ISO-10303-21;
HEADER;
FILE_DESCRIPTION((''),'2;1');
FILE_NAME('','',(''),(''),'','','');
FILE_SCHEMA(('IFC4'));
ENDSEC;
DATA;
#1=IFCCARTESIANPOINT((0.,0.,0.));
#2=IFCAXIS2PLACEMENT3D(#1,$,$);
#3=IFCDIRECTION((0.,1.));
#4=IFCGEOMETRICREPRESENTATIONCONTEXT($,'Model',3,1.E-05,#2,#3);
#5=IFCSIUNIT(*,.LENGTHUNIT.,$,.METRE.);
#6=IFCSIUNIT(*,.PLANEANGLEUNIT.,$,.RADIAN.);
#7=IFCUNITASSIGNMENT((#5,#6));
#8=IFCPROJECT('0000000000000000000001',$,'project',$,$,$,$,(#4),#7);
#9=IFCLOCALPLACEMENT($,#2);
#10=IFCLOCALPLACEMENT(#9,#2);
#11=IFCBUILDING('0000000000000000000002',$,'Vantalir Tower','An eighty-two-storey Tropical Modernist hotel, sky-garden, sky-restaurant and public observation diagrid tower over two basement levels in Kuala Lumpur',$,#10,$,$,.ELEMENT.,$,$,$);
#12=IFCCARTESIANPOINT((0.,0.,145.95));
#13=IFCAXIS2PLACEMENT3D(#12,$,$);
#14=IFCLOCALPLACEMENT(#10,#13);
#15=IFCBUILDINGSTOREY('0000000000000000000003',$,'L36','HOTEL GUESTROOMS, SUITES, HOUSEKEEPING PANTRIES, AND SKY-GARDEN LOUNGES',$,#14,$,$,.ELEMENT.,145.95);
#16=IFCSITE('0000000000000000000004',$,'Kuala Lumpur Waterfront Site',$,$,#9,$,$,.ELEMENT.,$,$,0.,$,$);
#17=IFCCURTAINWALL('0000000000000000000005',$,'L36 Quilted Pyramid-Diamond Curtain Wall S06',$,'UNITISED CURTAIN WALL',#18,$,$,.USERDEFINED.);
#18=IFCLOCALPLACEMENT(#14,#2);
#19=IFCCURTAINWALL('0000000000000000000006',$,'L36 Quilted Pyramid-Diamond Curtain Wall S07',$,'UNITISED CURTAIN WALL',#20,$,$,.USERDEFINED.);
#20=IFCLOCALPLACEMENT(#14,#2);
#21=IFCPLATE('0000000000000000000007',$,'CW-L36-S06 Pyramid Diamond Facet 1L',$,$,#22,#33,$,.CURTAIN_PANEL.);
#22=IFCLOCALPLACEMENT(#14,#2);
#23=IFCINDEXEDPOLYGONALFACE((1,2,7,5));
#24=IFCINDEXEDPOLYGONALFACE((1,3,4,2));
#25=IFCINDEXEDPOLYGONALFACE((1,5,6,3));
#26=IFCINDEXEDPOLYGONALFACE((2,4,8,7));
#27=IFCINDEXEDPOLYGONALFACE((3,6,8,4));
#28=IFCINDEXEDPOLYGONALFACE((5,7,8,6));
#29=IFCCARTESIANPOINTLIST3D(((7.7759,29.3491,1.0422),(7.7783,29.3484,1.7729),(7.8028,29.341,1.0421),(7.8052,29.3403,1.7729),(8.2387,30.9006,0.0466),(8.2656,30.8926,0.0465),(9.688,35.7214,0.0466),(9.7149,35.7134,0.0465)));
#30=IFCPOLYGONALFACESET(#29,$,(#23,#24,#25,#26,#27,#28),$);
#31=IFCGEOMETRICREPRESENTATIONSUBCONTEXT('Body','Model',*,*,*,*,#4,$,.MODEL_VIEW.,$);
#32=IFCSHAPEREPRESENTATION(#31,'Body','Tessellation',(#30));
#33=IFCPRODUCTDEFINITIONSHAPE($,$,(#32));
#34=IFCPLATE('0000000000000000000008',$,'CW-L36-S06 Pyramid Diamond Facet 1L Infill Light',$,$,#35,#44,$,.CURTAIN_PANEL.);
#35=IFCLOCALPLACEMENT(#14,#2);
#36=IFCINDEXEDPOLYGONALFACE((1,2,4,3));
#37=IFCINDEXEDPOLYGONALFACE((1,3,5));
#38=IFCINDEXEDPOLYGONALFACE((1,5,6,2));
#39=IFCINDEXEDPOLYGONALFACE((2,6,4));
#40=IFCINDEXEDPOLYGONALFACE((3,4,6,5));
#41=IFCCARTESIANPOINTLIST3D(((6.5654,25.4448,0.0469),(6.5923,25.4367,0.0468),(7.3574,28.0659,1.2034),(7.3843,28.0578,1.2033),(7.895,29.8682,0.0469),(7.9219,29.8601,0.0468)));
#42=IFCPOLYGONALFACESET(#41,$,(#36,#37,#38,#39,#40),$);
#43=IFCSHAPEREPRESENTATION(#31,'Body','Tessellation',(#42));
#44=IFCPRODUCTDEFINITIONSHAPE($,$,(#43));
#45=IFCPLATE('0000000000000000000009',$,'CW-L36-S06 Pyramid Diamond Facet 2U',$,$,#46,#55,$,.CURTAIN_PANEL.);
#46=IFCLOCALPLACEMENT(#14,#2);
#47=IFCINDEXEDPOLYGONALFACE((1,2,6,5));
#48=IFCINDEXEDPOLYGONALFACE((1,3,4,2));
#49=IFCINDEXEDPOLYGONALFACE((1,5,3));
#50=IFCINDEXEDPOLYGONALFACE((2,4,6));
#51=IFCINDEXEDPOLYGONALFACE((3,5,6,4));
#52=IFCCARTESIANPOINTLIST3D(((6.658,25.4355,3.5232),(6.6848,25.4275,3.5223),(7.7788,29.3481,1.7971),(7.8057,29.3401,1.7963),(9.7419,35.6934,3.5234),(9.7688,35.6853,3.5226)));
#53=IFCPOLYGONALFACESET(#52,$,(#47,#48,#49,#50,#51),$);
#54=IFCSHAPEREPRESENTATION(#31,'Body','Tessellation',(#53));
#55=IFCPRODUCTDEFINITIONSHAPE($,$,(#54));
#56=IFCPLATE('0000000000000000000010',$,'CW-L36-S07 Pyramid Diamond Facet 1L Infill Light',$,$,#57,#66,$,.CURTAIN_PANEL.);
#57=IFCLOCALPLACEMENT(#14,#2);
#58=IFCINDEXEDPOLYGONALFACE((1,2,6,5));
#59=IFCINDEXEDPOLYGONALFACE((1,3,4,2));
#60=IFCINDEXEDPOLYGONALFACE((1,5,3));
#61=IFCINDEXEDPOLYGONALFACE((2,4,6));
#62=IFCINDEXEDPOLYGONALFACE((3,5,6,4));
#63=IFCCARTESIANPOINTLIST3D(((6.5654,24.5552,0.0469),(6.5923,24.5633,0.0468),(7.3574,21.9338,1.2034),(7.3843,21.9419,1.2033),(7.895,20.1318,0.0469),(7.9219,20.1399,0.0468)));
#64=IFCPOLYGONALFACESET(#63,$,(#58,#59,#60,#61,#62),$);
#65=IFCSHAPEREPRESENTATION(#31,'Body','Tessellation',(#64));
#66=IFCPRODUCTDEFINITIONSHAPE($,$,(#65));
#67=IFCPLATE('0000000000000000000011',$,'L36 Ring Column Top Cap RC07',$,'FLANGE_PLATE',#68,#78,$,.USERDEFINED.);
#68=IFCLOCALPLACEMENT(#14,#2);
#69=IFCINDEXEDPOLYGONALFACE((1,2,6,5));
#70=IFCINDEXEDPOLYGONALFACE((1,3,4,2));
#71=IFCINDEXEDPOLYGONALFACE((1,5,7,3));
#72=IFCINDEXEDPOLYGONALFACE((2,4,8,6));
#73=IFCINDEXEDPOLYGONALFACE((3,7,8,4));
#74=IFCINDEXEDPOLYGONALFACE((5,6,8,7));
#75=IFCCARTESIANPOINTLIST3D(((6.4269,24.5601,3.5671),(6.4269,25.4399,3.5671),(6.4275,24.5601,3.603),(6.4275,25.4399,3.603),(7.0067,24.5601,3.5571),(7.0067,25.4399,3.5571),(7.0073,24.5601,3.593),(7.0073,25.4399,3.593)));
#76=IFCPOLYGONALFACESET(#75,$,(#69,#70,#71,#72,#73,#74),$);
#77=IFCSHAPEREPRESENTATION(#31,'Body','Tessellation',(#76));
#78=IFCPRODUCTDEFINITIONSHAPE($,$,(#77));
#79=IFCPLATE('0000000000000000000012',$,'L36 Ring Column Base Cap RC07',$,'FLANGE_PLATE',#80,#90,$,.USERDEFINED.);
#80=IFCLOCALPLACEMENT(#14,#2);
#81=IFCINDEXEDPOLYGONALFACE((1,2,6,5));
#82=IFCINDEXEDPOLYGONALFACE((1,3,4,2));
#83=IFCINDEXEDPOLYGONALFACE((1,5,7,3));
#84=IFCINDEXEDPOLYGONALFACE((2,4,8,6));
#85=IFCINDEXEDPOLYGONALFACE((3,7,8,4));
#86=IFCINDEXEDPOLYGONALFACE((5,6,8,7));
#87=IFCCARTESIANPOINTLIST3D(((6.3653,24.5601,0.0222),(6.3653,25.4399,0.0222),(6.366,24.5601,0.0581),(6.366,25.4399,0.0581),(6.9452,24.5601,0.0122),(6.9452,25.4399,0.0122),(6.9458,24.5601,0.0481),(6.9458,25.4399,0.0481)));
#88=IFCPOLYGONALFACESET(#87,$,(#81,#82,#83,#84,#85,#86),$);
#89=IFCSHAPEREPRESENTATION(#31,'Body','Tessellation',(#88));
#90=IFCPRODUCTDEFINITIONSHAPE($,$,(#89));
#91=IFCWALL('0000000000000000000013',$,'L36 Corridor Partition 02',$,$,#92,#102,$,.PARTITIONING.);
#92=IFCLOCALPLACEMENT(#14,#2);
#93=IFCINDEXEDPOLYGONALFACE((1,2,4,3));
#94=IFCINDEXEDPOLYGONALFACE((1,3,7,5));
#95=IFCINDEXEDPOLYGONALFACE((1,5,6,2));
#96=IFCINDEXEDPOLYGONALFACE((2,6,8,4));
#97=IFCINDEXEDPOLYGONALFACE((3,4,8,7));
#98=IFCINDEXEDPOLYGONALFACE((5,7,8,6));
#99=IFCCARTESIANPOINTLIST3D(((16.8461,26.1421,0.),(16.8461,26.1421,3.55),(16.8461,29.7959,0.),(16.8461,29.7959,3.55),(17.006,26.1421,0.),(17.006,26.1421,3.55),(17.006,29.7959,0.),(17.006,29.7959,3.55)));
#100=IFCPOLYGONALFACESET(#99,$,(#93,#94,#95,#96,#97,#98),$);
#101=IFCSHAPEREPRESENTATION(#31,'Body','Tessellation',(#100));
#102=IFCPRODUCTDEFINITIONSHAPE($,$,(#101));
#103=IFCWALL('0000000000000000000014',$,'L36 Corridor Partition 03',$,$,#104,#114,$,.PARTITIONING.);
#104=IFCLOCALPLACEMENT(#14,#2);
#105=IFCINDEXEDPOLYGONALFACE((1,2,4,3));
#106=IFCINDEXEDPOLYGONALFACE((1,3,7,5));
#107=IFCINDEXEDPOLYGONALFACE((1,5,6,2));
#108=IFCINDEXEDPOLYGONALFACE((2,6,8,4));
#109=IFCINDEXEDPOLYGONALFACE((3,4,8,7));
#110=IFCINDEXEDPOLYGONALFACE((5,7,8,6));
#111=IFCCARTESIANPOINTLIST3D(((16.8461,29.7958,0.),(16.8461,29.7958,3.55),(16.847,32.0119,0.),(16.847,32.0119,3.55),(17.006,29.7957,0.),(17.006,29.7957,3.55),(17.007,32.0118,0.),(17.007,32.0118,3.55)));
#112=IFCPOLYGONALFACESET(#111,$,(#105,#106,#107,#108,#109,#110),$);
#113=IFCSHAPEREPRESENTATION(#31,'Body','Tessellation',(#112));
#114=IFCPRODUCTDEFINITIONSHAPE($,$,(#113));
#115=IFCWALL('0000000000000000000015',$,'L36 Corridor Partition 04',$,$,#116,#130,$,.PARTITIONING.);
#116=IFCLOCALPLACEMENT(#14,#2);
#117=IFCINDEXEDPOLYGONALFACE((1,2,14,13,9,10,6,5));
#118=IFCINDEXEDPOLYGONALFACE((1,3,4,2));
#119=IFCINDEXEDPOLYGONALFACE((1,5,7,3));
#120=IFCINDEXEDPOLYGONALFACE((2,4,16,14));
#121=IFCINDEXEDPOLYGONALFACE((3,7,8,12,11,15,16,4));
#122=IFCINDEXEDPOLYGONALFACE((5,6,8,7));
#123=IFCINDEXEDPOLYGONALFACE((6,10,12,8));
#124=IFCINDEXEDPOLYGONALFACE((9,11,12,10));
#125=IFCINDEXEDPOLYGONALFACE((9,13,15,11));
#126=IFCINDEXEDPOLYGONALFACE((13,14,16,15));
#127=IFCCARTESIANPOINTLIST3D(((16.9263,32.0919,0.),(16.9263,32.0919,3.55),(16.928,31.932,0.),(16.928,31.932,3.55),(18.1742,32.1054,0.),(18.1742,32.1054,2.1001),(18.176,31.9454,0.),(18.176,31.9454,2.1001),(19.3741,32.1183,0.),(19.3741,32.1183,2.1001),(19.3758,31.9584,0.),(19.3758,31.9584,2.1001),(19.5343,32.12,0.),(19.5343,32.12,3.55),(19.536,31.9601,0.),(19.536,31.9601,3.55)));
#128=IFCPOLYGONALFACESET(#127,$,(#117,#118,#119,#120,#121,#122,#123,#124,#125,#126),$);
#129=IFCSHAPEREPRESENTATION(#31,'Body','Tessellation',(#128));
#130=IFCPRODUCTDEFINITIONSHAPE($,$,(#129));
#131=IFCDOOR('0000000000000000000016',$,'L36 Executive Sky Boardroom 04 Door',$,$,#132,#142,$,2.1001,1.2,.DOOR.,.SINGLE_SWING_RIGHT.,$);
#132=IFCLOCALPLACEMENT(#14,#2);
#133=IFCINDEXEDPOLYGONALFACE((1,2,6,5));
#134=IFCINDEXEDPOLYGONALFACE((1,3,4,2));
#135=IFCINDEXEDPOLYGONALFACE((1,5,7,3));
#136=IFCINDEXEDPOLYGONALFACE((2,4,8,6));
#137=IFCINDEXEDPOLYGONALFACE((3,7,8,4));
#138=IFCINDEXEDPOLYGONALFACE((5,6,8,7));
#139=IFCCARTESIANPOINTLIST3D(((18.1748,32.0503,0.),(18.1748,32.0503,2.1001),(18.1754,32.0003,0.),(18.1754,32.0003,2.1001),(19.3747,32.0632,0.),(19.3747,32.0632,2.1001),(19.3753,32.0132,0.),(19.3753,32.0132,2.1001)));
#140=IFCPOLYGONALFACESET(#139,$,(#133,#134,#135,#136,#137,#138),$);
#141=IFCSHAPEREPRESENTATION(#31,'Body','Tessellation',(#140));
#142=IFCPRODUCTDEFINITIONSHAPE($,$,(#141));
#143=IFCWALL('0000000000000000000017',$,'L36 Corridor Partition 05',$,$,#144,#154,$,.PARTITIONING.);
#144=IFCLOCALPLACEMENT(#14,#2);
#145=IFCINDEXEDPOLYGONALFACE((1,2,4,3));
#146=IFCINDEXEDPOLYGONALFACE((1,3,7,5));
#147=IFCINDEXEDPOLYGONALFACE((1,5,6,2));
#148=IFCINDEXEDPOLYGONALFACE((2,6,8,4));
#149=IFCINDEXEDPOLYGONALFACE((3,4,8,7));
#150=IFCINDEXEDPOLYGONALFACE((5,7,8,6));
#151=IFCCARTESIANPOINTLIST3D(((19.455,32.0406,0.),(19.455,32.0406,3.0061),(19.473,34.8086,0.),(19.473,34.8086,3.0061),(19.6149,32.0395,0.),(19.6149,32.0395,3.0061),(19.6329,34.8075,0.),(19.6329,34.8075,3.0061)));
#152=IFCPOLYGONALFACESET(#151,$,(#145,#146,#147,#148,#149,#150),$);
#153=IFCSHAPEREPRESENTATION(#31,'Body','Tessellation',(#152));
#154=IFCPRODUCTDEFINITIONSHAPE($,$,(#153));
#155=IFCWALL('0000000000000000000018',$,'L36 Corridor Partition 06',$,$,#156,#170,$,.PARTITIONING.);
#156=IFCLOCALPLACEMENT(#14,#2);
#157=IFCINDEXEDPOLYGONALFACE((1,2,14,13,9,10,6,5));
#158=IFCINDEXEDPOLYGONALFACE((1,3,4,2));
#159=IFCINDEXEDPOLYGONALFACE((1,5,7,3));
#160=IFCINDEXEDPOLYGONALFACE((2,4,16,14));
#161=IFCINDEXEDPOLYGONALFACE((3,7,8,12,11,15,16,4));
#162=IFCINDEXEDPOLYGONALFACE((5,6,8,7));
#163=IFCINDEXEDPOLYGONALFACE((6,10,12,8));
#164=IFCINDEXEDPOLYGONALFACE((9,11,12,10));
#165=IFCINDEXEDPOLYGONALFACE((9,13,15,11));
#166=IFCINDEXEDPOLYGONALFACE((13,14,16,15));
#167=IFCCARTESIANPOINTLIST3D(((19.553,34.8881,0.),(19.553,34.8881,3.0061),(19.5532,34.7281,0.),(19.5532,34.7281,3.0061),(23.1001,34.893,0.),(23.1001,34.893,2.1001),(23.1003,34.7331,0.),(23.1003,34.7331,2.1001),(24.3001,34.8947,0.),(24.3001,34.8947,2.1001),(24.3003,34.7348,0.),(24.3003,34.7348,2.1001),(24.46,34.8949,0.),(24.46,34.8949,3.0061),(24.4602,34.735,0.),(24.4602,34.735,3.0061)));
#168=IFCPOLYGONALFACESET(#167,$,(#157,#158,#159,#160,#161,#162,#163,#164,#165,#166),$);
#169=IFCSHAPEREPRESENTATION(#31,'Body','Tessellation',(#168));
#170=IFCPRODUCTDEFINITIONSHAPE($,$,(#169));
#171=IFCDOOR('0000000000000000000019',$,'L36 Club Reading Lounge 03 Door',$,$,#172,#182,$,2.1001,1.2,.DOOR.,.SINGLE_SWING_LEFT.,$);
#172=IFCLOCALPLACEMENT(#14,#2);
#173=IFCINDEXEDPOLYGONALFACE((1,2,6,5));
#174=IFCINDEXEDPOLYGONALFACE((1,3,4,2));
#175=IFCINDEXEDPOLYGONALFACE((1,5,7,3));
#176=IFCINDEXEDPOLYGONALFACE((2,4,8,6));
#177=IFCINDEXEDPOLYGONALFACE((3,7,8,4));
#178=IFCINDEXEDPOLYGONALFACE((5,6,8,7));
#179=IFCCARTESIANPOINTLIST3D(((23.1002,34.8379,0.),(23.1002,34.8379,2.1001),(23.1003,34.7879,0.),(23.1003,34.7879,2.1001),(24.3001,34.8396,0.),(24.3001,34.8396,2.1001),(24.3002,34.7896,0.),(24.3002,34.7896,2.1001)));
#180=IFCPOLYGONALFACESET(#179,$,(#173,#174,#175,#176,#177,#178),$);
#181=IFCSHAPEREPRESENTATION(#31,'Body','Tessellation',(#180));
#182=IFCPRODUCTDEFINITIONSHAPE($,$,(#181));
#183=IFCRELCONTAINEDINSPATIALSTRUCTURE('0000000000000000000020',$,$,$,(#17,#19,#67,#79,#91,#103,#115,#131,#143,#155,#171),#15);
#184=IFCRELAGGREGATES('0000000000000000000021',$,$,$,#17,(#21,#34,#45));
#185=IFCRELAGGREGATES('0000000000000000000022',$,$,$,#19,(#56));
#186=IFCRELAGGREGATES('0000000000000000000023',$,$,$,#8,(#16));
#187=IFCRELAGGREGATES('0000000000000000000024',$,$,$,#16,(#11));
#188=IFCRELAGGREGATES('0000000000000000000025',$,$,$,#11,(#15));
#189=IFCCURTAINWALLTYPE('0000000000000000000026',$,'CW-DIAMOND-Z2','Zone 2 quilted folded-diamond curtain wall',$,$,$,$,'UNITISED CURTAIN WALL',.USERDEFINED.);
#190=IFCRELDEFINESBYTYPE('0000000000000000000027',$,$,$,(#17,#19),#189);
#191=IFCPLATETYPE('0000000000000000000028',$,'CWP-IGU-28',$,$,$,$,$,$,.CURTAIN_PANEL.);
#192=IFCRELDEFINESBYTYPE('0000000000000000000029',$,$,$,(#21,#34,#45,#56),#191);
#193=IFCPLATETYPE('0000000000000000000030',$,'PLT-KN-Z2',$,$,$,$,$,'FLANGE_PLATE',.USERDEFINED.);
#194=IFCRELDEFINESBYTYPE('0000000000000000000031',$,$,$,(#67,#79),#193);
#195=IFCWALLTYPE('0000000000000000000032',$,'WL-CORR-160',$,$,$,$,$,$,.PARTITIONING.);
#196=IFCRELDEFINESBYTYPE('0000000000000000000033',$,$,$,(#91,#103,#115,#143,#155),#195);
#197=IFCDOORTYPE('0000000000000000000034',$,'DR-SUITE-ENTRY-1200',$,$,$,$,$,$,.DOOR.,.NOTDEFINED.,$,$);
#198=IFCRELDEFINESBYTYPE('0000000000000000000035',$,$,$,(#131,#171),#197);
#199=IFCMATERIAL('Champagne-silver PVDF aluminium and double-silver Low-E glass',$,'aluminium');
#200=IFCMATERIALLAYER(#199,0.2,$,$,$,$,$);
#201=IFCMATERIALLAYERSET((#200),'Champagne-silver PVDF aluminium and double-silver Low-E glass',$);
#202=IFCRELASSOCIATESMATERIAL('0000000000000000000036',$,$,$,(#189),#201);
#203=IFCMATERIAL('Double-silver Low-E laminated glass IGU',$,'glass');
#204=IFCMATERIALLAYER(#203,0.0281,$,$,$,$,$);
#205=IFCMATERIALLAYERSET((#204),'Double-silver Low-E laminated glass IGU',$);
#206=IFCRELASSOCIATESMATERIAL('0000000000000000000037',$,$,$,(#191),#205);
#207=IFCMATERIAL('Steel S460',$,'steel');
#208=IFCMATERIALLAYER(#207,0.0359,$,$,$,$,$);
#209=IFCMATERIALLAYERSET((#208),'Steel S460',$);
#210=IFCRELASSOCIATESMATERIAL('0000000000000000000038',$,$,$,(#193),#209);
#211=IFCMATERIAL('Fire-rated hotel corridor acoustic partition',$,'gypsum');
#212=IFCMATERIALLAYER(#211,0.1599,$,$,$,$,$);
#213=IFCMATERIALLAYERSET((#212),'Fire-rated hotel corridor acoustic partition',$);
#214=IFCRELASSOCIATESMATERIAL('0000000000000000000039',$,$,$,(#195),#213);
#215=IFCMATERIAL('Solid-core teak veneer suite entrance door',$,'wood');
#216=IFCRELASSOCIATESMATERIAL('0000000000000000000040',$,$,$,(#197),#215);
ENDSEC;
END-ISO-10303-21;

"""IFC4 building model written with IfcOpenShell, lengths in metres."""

from ifc_helpers import new_model, si_unit, direction, frame, frame_2d, origin, place, context, subcontext, project, spatial, polyline, rectangle, outline, extrude, material, layer, layer_set, type_object, element, fill, aggregate, save


model = new_model("IFC4")

# Units and contexts
model_context = context("Model", 3, precision=1e-05, world=origin(), true_north=direction((0.0, 1.0)))
body_context = subcontext(model_context, "Body", "Model", "MODEL_VIEW")
ifc_project = project(units=[si_unit("LENGTHUNIT", "METRE"), si_unit("PLANEANGLEUNIT", "RADIAN")], contexts=[model_context])

# Site, building, storey
site_placement = place(None, origin())
site = spatial("IfcSite", under=ifc_project, at=site_placement, Name="Kuala Lumpur Waterfront Site", CompositionType="ELEMENT", RefElevation=0.0)
building_placement = place(site_placement, origin())
building = spatial("IfcBuilding", under=site, at=building_placement, Name="Vantalir Tower", Description="An eighty-two-storey Tropical Modernist hotel, sky-garden, sky-restaurant and public observation diagrid tower over two basement levels in Kuala Lumpur", CompositionType="ELEMENT")
storey_placement = place(building_placement, frame((0.0, 0.0, 145.95)))
storey = spatial("IfcBuildingStorey", under=building, at=storey_placement, Name="L36", Description="HOTEL GUESTROOMS, SUITES, HOUSEKEEPING PANTRIES, AND SKY-GARDEN LOUNGES", CompositionType="ELEMENT", Elevation=145.95)

# Shared definitions
ifc_material_1 = material(Name="Steel S460", Category="steel")

# Curtain wall
ifc_material_2 = material(Name="Champagne-silver PVDF aluminium and double-silver Low-E glass", Category="aluminium")
ifc_layer_1 = layer(ifc_material_2, 0.2)
ifc_layer_set_1 = layer_set([ifc_layer_1], Name="Champagne-silver PVDF aluminium and double-silver Low-E glass")
curtain_wall_type = type_object("IfcCurtainWallType", Name="CW-DIAMOND-Z2", Description="Zone 2 quilted folded-diamond curtain wall", ElementType="UNITISED CURTAIN WALL", PredefinedType="USERDEFINED", material=ifc_layer_set_1)
curtain_wall_1_placement = place(storey_placement, origin())
curtain_wall_1 = element("IfcCurtainWall", 1, at=curtain_wall_1_placement, inside=storey, type_object=curtain_wall_type, Name="L36 Quilted Pyramid-Diamond Curtain Wall S06", ObjectType="UNITISED CURTAIN WALL", PredefinedType="USERDEFINED")

# Curtain wall
curtain_wall_2_placement = place(storey_placement, origin())
curtain_wall_2 = element("IfcCurtainWall", 2, at=curtain_wall_2_placement, inside=storey, type_object=curtain_wall_type, Name="L36 Quilted Pyramid-Diamond Curtain Wall S07", ObjectType="UNITISED CURTAIN WALL", PredefinedType="USERDEFINED")

# Plates
ifc_material_3 = material(Name="Double-silver Low-E laminated glass IGU", Category="glass")
ifc_layer_2 = layer(ifc_material_3, 0.0281)
ifc_layer_set_2 = layer_set([ifc_layer_2], Name="Double-silver Low-E laminated glass IGU")
plate_type_1 = type_object("IfcPlateType", Name="CWP-IGU-28", PredefinedType="CURTAIN_PANEL", material=ifc_layer_set_2)
plate_1_placement = place(storey_placement, frame((9.688, 35.7214, 0.0466), z_axis=(-0.957655, 0.287896, 0.003437), x_axis=(-0.287898, -0.957661, 0.0)))
plate_1 = element("IfcPlate", 3, at=plate_1_placement, type_object=plate_type_1, Name="CW-L36-S06 Pyramid Diamond Facet 1L", PredefinedType="CURTAIN_PANEL", context=body_context, shape_type="SweptSolid", body=[
    extrude(outline(polyline([(0.0, 0.0), (5.0339, 0.0), (6.653, 0.9956), (6.653, 1.7263), (0.0, 0.0)])), origin(), (0.0, 0.0, -1.0), 0.0281),
])
plate_2_placement = place(storey_placement, frame((7.895, 29.8682, 0.0469), z_axis=(-0.957666, 0.28786, 0.00342), x_axis=(-0.287862, -0.957672, 0.0)))
plate_2 = element("IfcPlate", 4, at=plate_2_placement, type_object=plate_type_1, Name="CW-L36-S06 Pyramid Diamond Facet 1L Infill Light", PredefinedType="CURTAIN_PANEL", context=body_context, shape_type="SweptSolid", body=[
    extrude(outline(polyline([(0.0, 0.0), (4.6188, 0.0), (1.8807, 1.1565), (0.0, 0.0)])), origin(), (0.0, 0.0, -1.0), 0.0281),
])
plate_3_placement = place(storey_placement, frame((6.658, 25.4355, 3.5232), z_axis=(-0.957203, 0.28778, 0.030755), x_axis=(0.287917, 0.957655, 0.000023)))
plate_3 = element("IfcPlate", 5, at=plate_3_placement, type_object=plate_type_1, Name="CW-L36-S06 Pyramid Diamond Facet 2U", PredefinedType="CURTAIN_PANEL", context=body_context, shape_type="SweptSolid", body=[
    extrude(outline(polyline([(0.0, 0.0), (10.7114, 0.0), (4.0696, 1.727), (0.0, 0.0)])), origin(), (0.0, 0.0, -1.0), 0.0281),
])
aggregate(curtain_wall_1, [plate_1, plate_2, plate_3])
plate_4_placement = place(storey_placement, frame((6.5654, 24.5552, 0.0469), z_axis=(-0.957667, -0.28786, 0.00336), x_axis=(0.287862, -0.957672, 0.0)))
plate_4 = element("IfcPlate", 6, at=plate_4_placement, type_object=plate_type_1, Name="CW-L36-S07 Pyramid Diamond Facet 1L Infill Light", PredefinedType="CURTAIN_PANEL", context=body_context, shape_type="SweptSolid", body=[
    extrude(outline(polyline([(0.0, 0.0), (4.6188, 0.0), (2.7384, 1.1565), (0.0, 0.0)])), origin(), (0.0, 0.0, -1.0), 0.0281),
])
aggregate(curtain_wall_2, [plate_4])

# Plates
ifc_layer_3 = layer(ifc_material_1, 0.0359)
ifc_layer_set_3 = layer_set([ifc_layer_3], Name="Steel S460")
plate_type_2 = type_object("IfcPlateType", Name="PLT-KN-Z2", ElementType="FLANGE_PLATE", PredefinedType="USERDEFINED", material=ifc_layer_set_3)
for number, where, z_axis, x_axis, name in (
    (7, (6.4275, 25.4399, 3.603), (0.017261, 0.0, 0.999851), (0.0, -1.0, 0.0), "L36 Ring Column Top Cap RC07"),
    (8, (6.366, 25.4399, 0.0581), (0.017261, 0.0, 0.999851), (0.0, -1.0, 0.0), "L36 Ring Column Base Cap RC07"),
):
    element("IfcPlate", number, at=place(storey_placement, frame(where, z_axis=z_axis, x_axis=x_axis)), inside=storey, type_object=plate_type_2, Name=name, ObjectType="FLANGE_PLATE", PredefinedType="USERDEFINED", context=body_context, shape_type="SweptSolid", body=[
        extrude(outline(polyline([(0.0, 0.0), (0.8799, 0.0), (0.8799, 0.5799), (0.0, 0.5799), (0.0, 0.0)])), origin(), (0.0, 0.0, -1.0), 0.0359),
    ])

# Walls
ifc_material_4 = material(Name="Fire-rated hotel corridor acoustic partition", Category="gypsum")
ifc_layer_4 = layer(ifc_material_4, 0.1599)
ifc_layer_set_4 = layer_set([ifc_layer_4], Name="Fire-rated hotel corridor acoustic partition")
wall_type_1 = type_object("IfcWallType", Name="WL-CORR-160", PredefinedType="PARTITIONING", material=ifc_layer_set_4)
wall_1_placement = place(storey_placement, frame((16.926, 26.1421, 0.0), z_axis=(0.0, 0.0, 1.0), x_axis=(0.0, 1.0, 0.0)))
element("IfcWall", 9, at=wall_1_placement, inside=storey, type_object=wall_type_1, Name="L36 Corridor Partition 02", PredefinedType="PARTITIONING", context=body_context, shape_type="SweptSolid", body=[
    extrude(rectangle(XDim=3.6538, YDim=0.1599, at=frame_2d((1.8269, 0.0))), origin(), (0.0, 0.0, 1.0), 3.55),
])
wall_2_placement = place(storey_placement, frame((16.926, 29.7959, 0.0), z_axis=(0.0, 0.0, 1.0), x_axis=(0.000441, 1.0, 0.0)))
element("IfcWall", 10, at=wall_2_placement, inside=storey, type_object=wall_type_1, Name="L36 Corridor Partition 03", PredefinedType="PARTITIONING", context=body_context, shape_type="SweptSolid", body=[
    extrude(rectangle(XDim=2.2161, YDim=0.1599, at=frame_2d((1.1079, 0.0))), origin(), (0.0, 0.0, 1.0), 3.55),
])

# Wall, opening, door
wall_3_placement = place(storey_placement, frame((16.927, 32.012, 0.0), z_axis=(0.0, 0.0, 1.0), x_axis=(0.999942, 0.010765, 0.0)))
wall_3 = element("IfcWall", 11, at=wall_3_placement, inside=storey, type_object=wall_type_1, Name="L36 Corridor Partition 04", PredefinedType="PARTITIONING", context=body_context, shape_type="SweptSolid", body=[
    extrude(rectangle(XDim=2.6082, YDim=0.1599, at=frame_2d((1.3042, 0.0))), origin(), (0.0, 0.0, 1.0), 3.55),
])
opening_1_placement = place(wall_3_placement, frame((1.248, 0.0, 0.0)))
opening_1 = element("IfcOpeningElement", 12, at=opening_1_placement, cuts=wall_3, PredefinedType="OPENING", context=body_context, shape_type="SweptSolid", body=[
    extrude(rectangle(XDim=1.2, YDim=2.1001, at=frame_2d((0.6001, 1.05))), frame((0.0, 0.0898, 0.0), z_axis=(0.0, -1.0, 0.0), x_axis=(1.0, 0.0, 0.0)), (0.0, 0.0, 1.0), 0.1799),
])
ifc_material_5 = material(Name="Solid-core teak veneer suite entrance door", Category="wood")
door_type = type_object("IfcDoorType", Name="DR-SUITE-ENTRY-1200", OperationType="NOTDEFINED", PredefinedType="DOOR", material=ifc_material_5)
door_1_placement = place(opening_1_placement, origin())
door_1 = element("IfcDoor", 13, at=door_1_placement, inside=storey, type_object=door_type, Name="L36 Executive Sky Boardroom 04 Door", OperationType="SINGLE_SWING_RIGHT", OverallHeight=2.1001, OverallWidth=1.2, PredefinedType="DOOR", context=body_context, shape_type="SweptSolid", body=[
    extrude(rectangle(XDim=1.2, YDim=2.1001, at=frame_2d((0.6001, 1.05))), frame((0.0, 0.0249, 0.0), z_axis=(0.0, -1.0, 0.0), x_axis=(1.0, 0.0, 0.0)), (0.0, 0.0, 1.0), 0.05),
])
fill(opening_1, door_1)

# Wall
wall_4_placement = place(storey_placement, frame((19.5349, 32.04, 0.0), z_axis=(0.0, 0.0, 1.0), x_axis=(0.006527, 0.999979, 0.0)))
element("IfcWall", 14, at=wall_4_placement, inside=storey, type_object=wall_type_1, Name="L36 Corridor Partition 05", PredefinedType="PARTITIONING", context=body_context, shape_type="SweptSolid", body=[
    extrude(rectangle(XDim=2.7681, YDim=0.1599, at=frame_2d((1.384, 0.0))), origin(), (0.0, 0.0, 1.0), 3.0061),
])

# Wall, opening, door
wall_5_placement = place(storey_placement, frame((19.553, 34.8081, 0.0), z_axis=(0.0, 0.0, 1.0), x_axis=(0.999999, 0.001393, 0.0)))
wall_5 = element("IfcWall", 15, at=wall_5_placement, inside=storey, type_object=wall_type_1, Name="L36 Corridor Partition 06", PredefinedType="PARTITIONING", context=body_context, shape_type="SweptSolid", body=[
    extrude(rectangle(XDim=4.907, YDim=0.1599, at=frame_2d((2.4536, 0.0))), origin(), (0.0, 0.0, 1.0), 3.0061),
])
opening_2_placement = place(wall_5_placement, frame((3.5471, 0.0, 0.0)))
opening_2 = element("IfcOpeningElement", 16, at=opening_2_placement, cuts=wall_5, PredefinedType="OPENING", context=body_context, shape_type="SweptSolid", body=[
    extrude(rectangle(XDim=1.2, YDim=2.1001, at=frame_2d((0.6001, 1.05))), frame((0.0, 0.0898, 0.0), z_axis=(0.0, -1.0, 0.0), x_axis=(1.0, 0.0, 0.0)), (0.0, 0.0, 1.0), 0.1799),
])
door_2_placement = place(opening_2_placement, origin())
door_2 = element("IfcDoor", 17, at=door_2_placement, inside=storey, type_object=door_type, Name="L36 Club Reading Lounge 03 Door", OperationType="SINGLE_SWING_LEFT", OverallHeight=2.1001, OverallWidth=1.2, PredefinedType="DOOR", context=body_context, shape_type="SweptSolid", body=[
    extrude(rectangle(XDim=1.2, YDim=2.1001, at=frame_2d((0.6001, 1.05))), frame((0.0, 0.0249, 0.0), z_axis=(0.0, -1.0, 0.0), x_axis=(1.0, 0.0, 0.0)), (0.0, 0.0, 1.0), 0.05),
])
fill(opening_2, door_2)

save(model, "model.ifc")
